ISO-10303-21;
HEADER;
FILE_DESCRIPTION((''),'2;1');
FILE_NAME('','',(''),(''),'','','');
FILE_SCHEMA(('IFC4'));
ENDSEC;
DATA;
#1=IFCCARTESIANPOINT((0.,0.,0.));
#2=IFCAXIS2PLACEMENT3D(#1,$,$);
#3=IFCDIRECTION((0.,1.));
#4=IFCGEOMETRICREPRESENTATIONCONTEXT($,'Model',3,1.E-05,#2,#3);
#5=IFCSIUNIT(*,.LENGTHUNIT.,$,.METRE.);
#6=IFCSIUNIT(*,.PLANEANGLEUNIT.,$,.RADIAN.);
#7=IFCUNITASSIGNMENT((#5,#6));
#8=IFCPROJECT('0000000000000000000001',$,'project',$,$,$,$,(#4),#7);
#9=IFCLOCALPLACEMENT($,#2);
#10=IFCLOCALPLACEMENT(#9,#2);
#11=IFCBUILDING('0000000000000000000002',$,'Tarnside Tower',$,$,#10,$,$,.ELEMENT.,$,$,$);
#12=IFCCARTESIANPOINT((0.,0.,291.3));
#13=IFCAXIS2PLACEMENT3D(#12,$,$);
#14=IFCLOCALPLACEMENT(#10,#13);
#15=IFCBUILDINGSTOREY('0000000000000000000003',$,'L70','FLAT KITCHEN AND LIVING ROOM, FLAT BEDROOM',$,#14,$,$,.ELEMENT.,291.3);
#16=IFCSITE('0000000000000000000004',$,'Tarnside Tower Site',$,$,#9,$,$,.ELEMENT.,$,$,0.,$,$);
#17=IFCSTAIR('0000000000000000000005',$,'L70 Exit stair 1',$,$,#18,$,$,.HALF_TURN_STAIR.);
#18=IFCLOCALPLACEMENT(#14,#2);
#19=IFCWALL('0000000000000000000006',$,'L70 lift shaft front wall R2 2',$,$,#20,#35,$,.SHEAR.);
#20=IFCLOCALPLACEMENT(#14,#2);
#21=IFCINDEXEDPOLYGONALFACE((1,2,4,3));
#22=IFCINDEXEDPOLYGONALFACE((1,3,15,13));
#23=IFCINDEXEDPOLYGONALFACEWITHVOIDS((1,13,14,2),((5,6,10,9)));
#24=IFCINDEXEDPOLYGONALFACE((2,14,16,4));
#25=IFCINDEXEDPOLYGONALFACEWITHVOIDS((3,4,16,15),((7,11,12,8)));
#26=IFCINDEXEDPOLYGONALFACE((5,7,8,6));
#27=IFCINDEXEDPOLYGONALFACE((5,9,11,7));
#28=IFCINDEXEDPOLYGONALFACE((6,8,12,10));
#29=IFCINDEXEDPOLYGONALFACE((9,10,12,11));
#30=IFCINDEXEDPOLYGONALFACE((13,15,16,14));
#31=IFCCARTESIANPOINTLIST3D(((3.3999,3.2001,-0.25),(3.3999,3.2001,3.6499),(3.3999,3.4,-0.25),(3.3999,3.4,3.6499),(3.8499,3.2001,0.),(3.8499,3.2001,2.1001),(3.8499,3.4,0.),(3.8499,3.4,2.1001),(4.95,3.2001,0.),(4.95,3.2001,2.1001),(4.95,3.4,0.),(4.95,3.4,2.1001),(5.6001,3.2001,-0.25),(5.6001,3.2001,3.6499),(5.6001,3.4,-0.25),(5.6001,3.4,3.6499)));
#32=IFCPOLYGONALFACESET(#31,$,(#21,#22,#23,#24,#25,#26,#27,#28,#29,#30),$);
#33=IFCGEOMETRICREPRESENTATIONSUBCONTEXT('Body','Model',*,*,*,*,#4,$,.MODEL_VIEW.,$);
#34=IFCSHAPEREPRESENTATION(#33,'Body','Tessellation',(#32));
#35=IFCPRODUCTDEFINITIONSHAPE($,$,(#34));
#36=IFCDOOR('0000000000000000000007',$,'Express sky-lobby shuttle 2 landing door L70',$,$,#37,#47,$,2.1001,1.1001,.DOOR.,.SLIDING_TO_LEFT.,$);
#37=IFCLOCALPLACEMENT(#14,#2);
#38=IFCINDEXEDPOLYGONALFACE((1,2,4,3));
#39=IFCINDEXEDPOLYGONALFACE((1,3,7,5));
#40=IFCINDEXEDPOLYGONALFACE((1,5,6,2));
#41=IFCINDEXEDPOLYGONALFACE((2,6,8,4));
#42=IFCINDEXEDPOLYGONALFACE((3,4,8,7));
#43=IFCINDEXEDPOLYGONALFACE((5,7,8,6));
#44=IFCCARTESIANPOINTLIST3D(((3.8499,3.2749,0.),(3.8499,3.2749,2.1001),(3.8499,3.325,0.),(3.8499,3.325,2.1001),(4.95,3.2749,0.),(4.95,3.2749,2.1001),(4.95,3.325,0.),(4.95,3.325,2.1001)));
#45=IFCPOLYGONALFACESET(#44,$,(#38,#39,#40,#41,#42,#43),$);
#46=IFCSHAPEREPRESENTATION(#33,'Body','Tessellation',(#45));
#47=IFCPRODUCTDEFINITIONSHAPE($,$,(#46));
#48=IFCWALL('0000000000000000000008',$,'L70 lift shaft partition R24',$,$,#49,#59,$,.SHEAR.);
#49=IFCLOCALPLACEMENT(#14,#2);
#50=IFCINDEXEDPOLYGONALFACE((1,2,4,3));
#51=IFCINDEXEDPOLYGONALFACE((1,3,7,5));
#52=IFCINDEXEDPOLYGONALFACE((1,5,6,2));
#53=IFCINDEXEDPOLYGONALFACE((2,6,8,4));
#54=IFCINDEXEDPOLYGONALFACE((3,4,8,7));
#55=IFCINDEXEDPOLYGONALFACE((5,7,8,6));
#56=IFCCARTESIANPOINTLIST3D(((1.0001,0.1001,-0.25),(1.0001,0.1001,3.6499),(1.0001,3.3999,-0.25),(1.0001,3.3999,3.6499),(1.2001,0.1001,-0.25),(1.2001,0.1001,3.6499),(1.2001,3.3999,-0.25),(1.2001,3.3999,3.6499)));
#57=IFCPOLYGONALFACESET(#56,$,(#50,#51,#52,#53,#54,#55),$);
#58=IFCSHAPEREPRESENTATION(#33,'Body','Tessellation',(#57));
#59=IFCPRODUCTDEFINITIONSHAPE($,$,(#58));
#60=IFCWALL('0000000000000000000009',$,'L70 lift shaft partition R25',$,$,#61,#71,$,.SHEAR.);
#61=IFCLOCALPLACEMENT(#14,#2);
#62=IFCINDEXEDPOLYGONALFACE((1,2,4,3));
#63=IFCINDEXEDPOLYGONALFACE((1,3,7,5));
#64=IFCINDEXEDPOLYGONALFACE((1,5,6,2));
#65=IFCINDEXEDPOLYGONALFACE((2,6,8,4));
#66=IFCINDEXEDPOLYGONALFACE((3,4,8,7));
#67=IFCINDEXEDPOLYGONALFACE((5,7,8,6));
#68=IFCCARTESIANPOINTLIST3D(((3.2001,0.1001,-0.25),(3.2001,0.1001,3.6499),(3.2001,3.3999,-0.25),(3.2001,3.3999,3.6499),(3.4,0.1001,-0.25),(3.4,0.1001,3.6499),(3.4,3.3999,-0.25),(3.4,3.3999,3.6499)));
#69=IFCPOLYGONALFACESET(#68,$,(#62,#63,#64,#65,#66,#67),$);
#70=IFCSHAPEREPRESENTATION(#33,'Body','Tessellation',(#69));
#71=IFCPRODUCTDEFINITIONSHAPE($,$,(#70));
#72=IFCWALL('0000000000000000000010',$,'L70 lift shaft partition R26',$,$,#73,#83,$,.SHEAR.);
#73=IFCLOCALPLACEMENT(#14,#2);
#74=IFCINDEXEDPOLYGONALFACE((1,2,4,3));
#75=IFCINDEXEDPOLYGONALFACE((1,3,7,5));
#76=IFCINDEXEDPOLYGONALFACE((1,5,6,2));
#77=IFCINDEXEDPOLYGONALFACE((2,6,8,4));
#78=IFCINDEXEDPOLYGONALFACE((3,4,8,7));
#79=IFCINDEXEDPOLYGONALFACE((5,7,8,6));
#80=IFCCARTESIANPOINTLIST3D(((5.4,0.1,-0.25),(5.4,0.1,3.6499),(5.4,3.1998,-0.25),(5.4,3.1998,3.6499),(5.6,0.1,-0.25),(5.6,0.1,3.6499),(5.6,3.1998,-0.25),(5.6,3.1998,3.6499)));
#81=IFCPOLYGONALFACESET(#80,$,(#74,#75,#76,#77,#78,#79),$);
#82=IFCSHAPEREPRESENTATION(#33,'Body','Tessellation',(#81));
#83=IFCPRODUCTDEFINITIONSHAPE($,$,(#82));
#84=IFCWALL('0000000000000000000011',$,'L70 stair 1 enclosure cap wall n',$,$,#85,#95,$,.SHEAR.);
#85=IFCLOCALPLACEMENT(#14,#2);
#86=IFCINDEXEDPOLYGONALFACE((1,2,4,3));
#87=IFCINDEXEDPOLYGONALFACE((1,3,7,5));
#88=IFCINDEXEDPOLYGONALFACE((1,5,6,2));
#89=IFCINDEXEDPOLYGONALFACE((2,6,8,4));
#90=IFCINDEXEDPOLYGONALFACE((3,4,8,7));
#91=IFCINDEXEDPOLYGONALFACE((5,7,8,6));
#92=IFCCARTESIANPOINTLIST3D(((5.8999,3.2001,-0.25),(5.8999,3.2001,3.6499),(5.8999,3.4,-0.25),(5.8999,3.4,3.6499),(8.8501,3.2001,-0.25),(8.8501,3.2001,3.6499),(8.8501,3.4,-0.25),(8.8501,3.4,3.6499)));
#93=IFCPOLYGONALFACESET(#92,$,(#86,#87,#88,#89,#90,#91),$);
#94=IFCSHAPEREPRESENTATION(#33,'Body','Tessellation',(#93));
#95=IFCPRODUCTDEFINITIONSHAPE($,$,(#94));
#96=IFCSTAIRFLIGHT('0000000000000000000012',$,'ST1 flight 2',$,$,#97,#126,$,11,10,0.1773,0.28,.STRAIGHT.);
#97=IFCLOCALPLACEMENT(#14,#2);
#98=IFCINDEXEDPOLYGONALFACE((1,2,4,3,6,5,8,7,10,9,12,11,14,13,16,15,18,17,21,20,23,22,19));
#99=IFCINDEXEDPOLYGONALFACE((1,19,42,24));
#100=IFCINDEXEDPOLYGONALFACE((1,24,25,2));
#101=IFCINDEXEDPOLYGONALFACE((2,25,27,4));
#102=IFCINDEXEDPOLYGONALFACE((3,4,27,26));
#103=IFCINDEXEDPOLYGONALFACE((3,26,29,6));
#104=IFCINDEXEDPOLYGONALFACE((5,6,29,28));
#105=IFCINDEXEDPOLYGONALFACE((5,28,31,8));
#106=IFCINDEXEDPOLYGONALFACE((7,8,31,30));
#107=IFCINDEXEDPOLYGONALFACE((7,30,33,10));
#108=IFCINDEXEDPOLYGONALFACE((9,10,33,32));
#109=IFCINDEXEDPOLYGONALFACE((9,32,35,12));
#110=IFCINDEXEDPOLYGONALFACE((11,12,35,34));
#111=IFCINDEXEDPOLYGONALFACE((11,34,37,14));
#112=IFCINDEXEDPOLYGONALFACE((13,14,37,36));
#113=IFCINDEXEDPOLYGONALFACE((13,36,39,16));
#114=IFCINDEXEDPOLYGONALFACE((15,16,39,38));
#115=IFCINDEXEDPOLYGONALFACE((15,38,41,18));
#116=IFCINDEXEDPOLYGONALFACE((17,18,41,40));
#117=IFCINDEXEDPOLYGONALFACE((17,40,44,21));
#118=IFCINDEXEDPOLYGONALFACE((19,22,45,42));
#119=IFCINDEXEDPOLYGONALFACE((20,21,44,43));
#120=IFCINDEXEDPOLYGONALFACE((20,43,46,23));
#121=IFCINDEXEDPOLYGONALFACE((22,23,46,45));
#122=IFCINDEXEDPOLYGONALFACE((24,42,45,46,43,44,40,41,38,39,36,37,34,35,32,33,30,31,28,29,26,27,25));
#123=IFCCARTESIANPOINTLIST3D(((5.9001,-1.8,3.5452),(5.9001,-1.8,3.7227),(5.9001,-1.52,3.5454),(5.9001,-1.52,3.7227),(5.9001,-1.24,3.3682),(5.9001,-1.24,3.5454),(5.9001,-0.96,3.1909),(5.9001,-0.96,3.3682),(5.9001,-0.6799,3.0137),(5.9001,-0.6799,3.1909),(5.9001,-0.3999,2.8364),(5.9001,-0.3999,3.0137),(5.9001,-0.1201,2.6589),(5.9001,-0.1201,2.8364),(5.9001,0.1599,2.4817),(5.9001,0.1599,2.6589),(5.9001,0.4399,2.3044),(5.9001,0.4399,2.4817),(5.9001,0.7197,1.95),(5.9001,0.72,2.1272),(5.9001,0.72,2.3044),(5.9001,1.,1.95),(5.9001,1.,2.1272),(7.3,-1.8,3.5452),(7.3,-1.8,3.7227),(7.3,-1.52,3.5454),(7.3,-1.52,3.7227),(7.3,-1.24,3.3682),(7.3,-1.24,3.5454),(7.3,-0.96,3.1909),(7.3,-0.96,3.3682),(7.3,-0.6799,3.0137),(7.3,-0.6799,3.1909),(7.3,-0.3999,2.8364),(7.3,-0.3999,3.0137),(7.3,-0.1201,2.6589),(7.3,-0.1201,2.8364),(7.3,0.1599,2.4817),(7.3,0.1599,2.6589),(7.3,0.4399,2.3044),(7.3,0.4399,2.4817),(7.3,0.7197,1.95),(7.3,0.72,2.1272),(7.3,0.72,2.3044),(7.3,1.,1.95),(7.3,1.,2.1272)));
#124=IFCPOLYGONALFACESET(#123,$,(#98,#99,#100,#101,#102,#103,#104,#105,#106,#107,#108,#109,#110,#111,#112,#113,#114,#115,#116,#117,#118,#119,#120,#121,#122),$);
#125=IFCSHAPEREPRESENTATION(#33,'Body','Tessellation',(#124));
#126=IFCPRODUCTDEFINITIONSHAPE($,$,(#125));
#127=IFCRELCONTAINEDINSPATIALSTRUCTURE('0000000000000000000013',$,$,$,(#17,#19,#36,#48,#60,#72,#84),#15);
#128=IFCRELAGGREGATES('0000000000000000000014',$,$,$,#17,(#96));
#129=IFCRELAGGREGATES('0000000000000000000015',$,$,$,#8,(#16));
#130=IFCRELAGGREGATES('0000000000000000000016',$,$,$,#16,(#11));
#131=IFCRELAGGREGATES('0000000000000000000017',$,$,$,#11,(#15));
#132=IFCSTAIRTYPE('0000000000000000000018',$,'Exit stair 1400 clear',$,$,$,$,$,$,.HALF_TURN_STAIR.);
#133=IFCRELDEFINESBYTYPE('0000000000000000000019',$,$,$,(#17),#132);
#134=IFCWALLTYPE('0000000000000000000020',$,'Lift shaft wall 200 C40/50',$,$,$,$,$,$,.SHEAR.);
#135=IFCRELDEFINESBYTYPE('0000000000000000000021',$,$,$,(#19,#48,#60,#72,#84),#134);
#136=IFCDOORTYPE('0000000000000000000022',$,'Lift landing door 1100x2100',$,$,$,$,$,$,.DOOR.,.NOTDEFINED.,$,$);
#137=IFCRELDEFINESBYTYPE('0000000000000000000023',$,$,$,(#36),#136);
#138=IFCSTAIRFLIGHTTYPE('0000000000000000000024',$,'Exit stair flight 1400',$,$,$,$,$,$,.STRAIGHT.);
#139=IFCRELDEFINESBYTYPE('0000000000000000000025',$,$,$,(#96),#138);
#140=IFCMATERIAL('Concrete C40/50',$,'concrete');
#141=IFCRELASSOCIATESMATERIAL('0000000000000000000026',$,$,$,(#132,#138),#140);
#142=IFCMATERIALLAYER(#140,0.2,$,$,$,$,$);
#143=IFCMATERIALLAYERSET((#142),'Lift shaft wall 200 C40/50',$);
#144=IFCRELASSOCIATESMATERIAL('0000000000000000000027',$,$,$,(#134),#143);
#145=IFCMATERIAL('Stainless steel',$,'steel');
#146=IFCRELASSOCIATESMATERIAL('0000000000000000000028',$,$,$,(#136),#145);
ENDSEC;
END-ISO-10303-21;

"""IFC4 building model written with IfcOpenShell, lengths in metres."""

from ifc_helpers import new_model, si_unit, direction, frame, frame_2d, origin, place, context, subcontext, project, spatial, polyline, rectangle, outline, extrude, material, layer, layer_set, type_object, element, fill, aggregate, save


model = new_model("IFC4")

# Units and contexts
model_context = context("Model", 3, precision=1e-05, world=origin(), true_north=direction((0.0, 1.0)))
body_context = subcontext(model_context, "Body", "Model", "MODEL_VIEW")
ifc_project = project(units=[si_unit("LENGTHUNIT", "METRE"), si_unit("PLANEANGLEUNIT", "RADIAN")], contexts=[model_context])

# Site, building, storey
site_placement = place(None, origin())
site = spatial("IfcSite", under=ifc_project, at=site_placement, Name="Tarnside Tower Site", CompositionType="ELEMENT", RefElevation=0.0)
building_placement = place(site_placement, origin())
building = spatial("IfcBuilding", under=site, at=building_placement, Name="Tarnside Tower", CompositionType="ELEMENT")
storey_placement = place(building_placement, frame((0.0, 0.0, 291.3)))
storey = spatial("IfcBuildingStorey", under=building, at=storey_placement, Name="L70", Description="FLAT KITCHEN AND LIVING ROOM, FLAT BEDROOM", CompositionType="ELEMENT", Elevation=291.3)

# Shared definitions
ifc_material_1 = material(Name="Concrete C40/50", Category="concrete")

# Stair
stair_type = type_object("IfcStairType", Name="Exit stair 1400 clear", PredefinedType="HALF_TURN_STAIR", material=ifc_material_1)
stair_1_placement = place(storey_placement, origin())
stair_1 = element("IfcStair", 1, at=stair_1_placement, inside=storey, type_object=stair_type, Name="L70 Exit stair 1", PredefinedType="HALF_TURN_STAIR")

# Shared definitions
ifc_layer_1 = layer(ifc_material_1, 0.2)
ifc_layer_set_1 = layer_set([ifc_layer_1], Name="Lift shaft wall 200 C40/50")
wall_type_1 = type_object("IfcWallType", Name="Lift shaft wall 200 C40/50", PredefinedType="SHEAR", material=ifc_layer_set_1)

# Wall, opening, door
wall_1_placement = place(storey_placement, frame((3.3999, 3.3, -0.25), z_axis=(0.0, 0.0, 1.0), x_axis=(1.0, 0.0, 0.0)))
wall_1 = element("IfcWall", 2, at=wall_1_placement, inside=storey, type_object=wall_type_1, Name="L70 lift shaft front wall R2 2", PredefinedType="SHEAR", context=body_context, shape_type="SweptSolid", body=[
    extrude(rectangle(XDim=2.2002, YDim=0.2, at=frame_2d((1.1001, 0.0))), origin(), (0.0, 0.0, 1.0), 3.8999),
])
opening_1_placement = place(wall_1_placement, frame((0.45, 0.0, 0.25)))
opening_1 = element("IfcOpeningElement", 3, at=opening_1_placement, cuts=wall_1, PredefinedType="OPENING", context=body_context, shape_type="SweptSolid", body=[
    extrude(rectangle(XDim=1.1001, YDim=2.1001, at=frame_2d((0.55, 1.05))), frame((0.0, 0.1099, 0.0), z_axis=(0.0, -1.0, 0.0), x_axis=(1.0, 0.0, 0.0)), (0.0, 0.0, 1.0), 0.22),
])
ifc_material_2 = material(Name="Stainless steel", Category="steel")
door_type_1 = type_object("IfcDoorType", Name="Lift landing door 1100x2100", OperationType="NOTDEFINED", PredefinedType="DOOR", material=ifc_material_2)
door_1_placement = place(opening_1_placement, origin())
door_1 = element("IfcDoor", 4, at=door_1_placement, inside=storey, type_object=door_type_1, Name="Express sky-lobby shuttle 2 landing door L70", OperationType="SLIDING_TO_LEFT", OverallHeight=2.1001, OverallWidth=1.1001, PredefinedType="DOOR", context=body_context, shape_type="SweptSolid", body=[
    extrude(rectangle(XDim=1.1001, YDim=2.1001, at=frame_2d((0.55, 1.05))), frame((0.0, 0.0249, 0.0), z_axis=(0.0, -1.0, 0.0), x_axis=(1.0, 0.0, 0.0)), (0.0, 0.0, 1.0), 0.05),
])
fill(opening_1, door_1)

# Walls
for number, where, z_axis, x_axis, name in (
    (5, (1.1001, 0.1001, -0.25), (0.0, 0.0, 1.0), (0.0, 1.0, 0.0), "L70 lift shaft partition R24"),
    (6, (3.3, 0.1001, -0.25), (0.0, 0.0, 1.0), (0.0, 1.0, 0.0), "L70 lift shaft partition R25"),
):
    element("IfcWall", number, at=place(storey_placement, frame(where, z_axis=z_axis, x_axis=x_axis)), inside=storey, type_object=wall_type_1, Name=name, PredefinedType="SHEAR", context=body_context, shape_type="SweptSolid", body=[
        extrude(rectangle(XDim=3.2998, YDim=0.2, at=frame_2d((1.6499, 0.0))), origin(), (0.0, 0.0, 1.0), 3.8999),
    ])
wall_2_placement = place(storey_placement, frame((5.5, 0.1001, -0.25), z_axis=(0.0, 0.0, 1.0), x_axis=(0.0, 1.0, 0.0)))
element("IfcWall", 7, at=wall_2_placement, inside=storey, type_object=wall_type_1, Name="L70 lift shaft partition R26", PredefinedType="SHEAR", context=body_context, shape_type="SweptSolid", body=[
    extrude(rectangle(XDim=3.0999, YDim=0.2, at=frame_2d((1.5498, 0.0))), origin(), (0.0, 0.0, 1.0), 3.8999),
])
wall_3_placement = place(storey_placement, frame((5.8999, 3.3, -0.25), z_axis=(0.0, 0.0, 1.0), x_axis=(1.0, 0.0, 0.0)))
element("IfcWall", 8, at=wall_3_placement, inside=storey, type_object=wall_type_1, Name="L70 stair 1 enclosure cap wall n", PredefinedType="SHEAR", context=body_context, shape_type="SweptSolid", body=[
    extrude(rectangle(XDim=2.9502, YDim=0.2, at=frame_2d((1.4751, 0.0))), origin(), (0.0, 0.0, 1.0), 3.8999),
])

# Stair flight
stair_flight_type = type_object("IfcStairFlightType", Name="Exit stair flight 1400", PredefinedType="STRAIGHT", material=ifc_material_1)
stair_flight_placement = place(storey_placement, frame((6.6001, 1.0, 1.95), z_axis=(0.0, 0.0, 1.0), x_axis=(0.0, -1.0, 0.0)))
stair_flight = element("IfcStairFlight", 9, at=stair_flight_placement, type_object=stair_flight_type, Name="ST1 flight 2", NumberOfRisers=11, NumberOfTreads=10, PredefinedType="STRAIGHT", RiserHeight=0.1773, TreadLength=0.28, context=body_context, shape_type="SweptSolid", body=[
    extrude(outline(polyline([(0.0, 0.0), (0.0, 0.1772), (0.28, 0.1772), (0.28, 0.3545), (0.5601, 0.3545), (0.5601, 0.5317), (0.8401, 0.5317), (0.8401, 0.709), (1.1201, 0.709), (1.1201, 0.8865), (1.3999, 0.8865), (1.3999, 1.0637), (1.6799, 1.0637), (1.6799, 1.241), (1.96, 1.241), (1.96, 1.4182), (2.24, 1.4182), (2.24, 1.5955), (2.52, 1.5955), (2.52, 1.7727), (2.8, 1.7727), (2.8, 1.95), (2.8, 1.5952), (0.2803, 0.0), (0.0, 0.0)])), frame((0.0, 0.7, 0.0), z_axis=(0.0, -1.0, 0.0), x_axis=(1.0, 0.0, 0.0)), (0.0, 0.0, 1.0), 1.3999),
])
aggregate(stair_1, [stair_flight])

save(model, "model.ifc")
